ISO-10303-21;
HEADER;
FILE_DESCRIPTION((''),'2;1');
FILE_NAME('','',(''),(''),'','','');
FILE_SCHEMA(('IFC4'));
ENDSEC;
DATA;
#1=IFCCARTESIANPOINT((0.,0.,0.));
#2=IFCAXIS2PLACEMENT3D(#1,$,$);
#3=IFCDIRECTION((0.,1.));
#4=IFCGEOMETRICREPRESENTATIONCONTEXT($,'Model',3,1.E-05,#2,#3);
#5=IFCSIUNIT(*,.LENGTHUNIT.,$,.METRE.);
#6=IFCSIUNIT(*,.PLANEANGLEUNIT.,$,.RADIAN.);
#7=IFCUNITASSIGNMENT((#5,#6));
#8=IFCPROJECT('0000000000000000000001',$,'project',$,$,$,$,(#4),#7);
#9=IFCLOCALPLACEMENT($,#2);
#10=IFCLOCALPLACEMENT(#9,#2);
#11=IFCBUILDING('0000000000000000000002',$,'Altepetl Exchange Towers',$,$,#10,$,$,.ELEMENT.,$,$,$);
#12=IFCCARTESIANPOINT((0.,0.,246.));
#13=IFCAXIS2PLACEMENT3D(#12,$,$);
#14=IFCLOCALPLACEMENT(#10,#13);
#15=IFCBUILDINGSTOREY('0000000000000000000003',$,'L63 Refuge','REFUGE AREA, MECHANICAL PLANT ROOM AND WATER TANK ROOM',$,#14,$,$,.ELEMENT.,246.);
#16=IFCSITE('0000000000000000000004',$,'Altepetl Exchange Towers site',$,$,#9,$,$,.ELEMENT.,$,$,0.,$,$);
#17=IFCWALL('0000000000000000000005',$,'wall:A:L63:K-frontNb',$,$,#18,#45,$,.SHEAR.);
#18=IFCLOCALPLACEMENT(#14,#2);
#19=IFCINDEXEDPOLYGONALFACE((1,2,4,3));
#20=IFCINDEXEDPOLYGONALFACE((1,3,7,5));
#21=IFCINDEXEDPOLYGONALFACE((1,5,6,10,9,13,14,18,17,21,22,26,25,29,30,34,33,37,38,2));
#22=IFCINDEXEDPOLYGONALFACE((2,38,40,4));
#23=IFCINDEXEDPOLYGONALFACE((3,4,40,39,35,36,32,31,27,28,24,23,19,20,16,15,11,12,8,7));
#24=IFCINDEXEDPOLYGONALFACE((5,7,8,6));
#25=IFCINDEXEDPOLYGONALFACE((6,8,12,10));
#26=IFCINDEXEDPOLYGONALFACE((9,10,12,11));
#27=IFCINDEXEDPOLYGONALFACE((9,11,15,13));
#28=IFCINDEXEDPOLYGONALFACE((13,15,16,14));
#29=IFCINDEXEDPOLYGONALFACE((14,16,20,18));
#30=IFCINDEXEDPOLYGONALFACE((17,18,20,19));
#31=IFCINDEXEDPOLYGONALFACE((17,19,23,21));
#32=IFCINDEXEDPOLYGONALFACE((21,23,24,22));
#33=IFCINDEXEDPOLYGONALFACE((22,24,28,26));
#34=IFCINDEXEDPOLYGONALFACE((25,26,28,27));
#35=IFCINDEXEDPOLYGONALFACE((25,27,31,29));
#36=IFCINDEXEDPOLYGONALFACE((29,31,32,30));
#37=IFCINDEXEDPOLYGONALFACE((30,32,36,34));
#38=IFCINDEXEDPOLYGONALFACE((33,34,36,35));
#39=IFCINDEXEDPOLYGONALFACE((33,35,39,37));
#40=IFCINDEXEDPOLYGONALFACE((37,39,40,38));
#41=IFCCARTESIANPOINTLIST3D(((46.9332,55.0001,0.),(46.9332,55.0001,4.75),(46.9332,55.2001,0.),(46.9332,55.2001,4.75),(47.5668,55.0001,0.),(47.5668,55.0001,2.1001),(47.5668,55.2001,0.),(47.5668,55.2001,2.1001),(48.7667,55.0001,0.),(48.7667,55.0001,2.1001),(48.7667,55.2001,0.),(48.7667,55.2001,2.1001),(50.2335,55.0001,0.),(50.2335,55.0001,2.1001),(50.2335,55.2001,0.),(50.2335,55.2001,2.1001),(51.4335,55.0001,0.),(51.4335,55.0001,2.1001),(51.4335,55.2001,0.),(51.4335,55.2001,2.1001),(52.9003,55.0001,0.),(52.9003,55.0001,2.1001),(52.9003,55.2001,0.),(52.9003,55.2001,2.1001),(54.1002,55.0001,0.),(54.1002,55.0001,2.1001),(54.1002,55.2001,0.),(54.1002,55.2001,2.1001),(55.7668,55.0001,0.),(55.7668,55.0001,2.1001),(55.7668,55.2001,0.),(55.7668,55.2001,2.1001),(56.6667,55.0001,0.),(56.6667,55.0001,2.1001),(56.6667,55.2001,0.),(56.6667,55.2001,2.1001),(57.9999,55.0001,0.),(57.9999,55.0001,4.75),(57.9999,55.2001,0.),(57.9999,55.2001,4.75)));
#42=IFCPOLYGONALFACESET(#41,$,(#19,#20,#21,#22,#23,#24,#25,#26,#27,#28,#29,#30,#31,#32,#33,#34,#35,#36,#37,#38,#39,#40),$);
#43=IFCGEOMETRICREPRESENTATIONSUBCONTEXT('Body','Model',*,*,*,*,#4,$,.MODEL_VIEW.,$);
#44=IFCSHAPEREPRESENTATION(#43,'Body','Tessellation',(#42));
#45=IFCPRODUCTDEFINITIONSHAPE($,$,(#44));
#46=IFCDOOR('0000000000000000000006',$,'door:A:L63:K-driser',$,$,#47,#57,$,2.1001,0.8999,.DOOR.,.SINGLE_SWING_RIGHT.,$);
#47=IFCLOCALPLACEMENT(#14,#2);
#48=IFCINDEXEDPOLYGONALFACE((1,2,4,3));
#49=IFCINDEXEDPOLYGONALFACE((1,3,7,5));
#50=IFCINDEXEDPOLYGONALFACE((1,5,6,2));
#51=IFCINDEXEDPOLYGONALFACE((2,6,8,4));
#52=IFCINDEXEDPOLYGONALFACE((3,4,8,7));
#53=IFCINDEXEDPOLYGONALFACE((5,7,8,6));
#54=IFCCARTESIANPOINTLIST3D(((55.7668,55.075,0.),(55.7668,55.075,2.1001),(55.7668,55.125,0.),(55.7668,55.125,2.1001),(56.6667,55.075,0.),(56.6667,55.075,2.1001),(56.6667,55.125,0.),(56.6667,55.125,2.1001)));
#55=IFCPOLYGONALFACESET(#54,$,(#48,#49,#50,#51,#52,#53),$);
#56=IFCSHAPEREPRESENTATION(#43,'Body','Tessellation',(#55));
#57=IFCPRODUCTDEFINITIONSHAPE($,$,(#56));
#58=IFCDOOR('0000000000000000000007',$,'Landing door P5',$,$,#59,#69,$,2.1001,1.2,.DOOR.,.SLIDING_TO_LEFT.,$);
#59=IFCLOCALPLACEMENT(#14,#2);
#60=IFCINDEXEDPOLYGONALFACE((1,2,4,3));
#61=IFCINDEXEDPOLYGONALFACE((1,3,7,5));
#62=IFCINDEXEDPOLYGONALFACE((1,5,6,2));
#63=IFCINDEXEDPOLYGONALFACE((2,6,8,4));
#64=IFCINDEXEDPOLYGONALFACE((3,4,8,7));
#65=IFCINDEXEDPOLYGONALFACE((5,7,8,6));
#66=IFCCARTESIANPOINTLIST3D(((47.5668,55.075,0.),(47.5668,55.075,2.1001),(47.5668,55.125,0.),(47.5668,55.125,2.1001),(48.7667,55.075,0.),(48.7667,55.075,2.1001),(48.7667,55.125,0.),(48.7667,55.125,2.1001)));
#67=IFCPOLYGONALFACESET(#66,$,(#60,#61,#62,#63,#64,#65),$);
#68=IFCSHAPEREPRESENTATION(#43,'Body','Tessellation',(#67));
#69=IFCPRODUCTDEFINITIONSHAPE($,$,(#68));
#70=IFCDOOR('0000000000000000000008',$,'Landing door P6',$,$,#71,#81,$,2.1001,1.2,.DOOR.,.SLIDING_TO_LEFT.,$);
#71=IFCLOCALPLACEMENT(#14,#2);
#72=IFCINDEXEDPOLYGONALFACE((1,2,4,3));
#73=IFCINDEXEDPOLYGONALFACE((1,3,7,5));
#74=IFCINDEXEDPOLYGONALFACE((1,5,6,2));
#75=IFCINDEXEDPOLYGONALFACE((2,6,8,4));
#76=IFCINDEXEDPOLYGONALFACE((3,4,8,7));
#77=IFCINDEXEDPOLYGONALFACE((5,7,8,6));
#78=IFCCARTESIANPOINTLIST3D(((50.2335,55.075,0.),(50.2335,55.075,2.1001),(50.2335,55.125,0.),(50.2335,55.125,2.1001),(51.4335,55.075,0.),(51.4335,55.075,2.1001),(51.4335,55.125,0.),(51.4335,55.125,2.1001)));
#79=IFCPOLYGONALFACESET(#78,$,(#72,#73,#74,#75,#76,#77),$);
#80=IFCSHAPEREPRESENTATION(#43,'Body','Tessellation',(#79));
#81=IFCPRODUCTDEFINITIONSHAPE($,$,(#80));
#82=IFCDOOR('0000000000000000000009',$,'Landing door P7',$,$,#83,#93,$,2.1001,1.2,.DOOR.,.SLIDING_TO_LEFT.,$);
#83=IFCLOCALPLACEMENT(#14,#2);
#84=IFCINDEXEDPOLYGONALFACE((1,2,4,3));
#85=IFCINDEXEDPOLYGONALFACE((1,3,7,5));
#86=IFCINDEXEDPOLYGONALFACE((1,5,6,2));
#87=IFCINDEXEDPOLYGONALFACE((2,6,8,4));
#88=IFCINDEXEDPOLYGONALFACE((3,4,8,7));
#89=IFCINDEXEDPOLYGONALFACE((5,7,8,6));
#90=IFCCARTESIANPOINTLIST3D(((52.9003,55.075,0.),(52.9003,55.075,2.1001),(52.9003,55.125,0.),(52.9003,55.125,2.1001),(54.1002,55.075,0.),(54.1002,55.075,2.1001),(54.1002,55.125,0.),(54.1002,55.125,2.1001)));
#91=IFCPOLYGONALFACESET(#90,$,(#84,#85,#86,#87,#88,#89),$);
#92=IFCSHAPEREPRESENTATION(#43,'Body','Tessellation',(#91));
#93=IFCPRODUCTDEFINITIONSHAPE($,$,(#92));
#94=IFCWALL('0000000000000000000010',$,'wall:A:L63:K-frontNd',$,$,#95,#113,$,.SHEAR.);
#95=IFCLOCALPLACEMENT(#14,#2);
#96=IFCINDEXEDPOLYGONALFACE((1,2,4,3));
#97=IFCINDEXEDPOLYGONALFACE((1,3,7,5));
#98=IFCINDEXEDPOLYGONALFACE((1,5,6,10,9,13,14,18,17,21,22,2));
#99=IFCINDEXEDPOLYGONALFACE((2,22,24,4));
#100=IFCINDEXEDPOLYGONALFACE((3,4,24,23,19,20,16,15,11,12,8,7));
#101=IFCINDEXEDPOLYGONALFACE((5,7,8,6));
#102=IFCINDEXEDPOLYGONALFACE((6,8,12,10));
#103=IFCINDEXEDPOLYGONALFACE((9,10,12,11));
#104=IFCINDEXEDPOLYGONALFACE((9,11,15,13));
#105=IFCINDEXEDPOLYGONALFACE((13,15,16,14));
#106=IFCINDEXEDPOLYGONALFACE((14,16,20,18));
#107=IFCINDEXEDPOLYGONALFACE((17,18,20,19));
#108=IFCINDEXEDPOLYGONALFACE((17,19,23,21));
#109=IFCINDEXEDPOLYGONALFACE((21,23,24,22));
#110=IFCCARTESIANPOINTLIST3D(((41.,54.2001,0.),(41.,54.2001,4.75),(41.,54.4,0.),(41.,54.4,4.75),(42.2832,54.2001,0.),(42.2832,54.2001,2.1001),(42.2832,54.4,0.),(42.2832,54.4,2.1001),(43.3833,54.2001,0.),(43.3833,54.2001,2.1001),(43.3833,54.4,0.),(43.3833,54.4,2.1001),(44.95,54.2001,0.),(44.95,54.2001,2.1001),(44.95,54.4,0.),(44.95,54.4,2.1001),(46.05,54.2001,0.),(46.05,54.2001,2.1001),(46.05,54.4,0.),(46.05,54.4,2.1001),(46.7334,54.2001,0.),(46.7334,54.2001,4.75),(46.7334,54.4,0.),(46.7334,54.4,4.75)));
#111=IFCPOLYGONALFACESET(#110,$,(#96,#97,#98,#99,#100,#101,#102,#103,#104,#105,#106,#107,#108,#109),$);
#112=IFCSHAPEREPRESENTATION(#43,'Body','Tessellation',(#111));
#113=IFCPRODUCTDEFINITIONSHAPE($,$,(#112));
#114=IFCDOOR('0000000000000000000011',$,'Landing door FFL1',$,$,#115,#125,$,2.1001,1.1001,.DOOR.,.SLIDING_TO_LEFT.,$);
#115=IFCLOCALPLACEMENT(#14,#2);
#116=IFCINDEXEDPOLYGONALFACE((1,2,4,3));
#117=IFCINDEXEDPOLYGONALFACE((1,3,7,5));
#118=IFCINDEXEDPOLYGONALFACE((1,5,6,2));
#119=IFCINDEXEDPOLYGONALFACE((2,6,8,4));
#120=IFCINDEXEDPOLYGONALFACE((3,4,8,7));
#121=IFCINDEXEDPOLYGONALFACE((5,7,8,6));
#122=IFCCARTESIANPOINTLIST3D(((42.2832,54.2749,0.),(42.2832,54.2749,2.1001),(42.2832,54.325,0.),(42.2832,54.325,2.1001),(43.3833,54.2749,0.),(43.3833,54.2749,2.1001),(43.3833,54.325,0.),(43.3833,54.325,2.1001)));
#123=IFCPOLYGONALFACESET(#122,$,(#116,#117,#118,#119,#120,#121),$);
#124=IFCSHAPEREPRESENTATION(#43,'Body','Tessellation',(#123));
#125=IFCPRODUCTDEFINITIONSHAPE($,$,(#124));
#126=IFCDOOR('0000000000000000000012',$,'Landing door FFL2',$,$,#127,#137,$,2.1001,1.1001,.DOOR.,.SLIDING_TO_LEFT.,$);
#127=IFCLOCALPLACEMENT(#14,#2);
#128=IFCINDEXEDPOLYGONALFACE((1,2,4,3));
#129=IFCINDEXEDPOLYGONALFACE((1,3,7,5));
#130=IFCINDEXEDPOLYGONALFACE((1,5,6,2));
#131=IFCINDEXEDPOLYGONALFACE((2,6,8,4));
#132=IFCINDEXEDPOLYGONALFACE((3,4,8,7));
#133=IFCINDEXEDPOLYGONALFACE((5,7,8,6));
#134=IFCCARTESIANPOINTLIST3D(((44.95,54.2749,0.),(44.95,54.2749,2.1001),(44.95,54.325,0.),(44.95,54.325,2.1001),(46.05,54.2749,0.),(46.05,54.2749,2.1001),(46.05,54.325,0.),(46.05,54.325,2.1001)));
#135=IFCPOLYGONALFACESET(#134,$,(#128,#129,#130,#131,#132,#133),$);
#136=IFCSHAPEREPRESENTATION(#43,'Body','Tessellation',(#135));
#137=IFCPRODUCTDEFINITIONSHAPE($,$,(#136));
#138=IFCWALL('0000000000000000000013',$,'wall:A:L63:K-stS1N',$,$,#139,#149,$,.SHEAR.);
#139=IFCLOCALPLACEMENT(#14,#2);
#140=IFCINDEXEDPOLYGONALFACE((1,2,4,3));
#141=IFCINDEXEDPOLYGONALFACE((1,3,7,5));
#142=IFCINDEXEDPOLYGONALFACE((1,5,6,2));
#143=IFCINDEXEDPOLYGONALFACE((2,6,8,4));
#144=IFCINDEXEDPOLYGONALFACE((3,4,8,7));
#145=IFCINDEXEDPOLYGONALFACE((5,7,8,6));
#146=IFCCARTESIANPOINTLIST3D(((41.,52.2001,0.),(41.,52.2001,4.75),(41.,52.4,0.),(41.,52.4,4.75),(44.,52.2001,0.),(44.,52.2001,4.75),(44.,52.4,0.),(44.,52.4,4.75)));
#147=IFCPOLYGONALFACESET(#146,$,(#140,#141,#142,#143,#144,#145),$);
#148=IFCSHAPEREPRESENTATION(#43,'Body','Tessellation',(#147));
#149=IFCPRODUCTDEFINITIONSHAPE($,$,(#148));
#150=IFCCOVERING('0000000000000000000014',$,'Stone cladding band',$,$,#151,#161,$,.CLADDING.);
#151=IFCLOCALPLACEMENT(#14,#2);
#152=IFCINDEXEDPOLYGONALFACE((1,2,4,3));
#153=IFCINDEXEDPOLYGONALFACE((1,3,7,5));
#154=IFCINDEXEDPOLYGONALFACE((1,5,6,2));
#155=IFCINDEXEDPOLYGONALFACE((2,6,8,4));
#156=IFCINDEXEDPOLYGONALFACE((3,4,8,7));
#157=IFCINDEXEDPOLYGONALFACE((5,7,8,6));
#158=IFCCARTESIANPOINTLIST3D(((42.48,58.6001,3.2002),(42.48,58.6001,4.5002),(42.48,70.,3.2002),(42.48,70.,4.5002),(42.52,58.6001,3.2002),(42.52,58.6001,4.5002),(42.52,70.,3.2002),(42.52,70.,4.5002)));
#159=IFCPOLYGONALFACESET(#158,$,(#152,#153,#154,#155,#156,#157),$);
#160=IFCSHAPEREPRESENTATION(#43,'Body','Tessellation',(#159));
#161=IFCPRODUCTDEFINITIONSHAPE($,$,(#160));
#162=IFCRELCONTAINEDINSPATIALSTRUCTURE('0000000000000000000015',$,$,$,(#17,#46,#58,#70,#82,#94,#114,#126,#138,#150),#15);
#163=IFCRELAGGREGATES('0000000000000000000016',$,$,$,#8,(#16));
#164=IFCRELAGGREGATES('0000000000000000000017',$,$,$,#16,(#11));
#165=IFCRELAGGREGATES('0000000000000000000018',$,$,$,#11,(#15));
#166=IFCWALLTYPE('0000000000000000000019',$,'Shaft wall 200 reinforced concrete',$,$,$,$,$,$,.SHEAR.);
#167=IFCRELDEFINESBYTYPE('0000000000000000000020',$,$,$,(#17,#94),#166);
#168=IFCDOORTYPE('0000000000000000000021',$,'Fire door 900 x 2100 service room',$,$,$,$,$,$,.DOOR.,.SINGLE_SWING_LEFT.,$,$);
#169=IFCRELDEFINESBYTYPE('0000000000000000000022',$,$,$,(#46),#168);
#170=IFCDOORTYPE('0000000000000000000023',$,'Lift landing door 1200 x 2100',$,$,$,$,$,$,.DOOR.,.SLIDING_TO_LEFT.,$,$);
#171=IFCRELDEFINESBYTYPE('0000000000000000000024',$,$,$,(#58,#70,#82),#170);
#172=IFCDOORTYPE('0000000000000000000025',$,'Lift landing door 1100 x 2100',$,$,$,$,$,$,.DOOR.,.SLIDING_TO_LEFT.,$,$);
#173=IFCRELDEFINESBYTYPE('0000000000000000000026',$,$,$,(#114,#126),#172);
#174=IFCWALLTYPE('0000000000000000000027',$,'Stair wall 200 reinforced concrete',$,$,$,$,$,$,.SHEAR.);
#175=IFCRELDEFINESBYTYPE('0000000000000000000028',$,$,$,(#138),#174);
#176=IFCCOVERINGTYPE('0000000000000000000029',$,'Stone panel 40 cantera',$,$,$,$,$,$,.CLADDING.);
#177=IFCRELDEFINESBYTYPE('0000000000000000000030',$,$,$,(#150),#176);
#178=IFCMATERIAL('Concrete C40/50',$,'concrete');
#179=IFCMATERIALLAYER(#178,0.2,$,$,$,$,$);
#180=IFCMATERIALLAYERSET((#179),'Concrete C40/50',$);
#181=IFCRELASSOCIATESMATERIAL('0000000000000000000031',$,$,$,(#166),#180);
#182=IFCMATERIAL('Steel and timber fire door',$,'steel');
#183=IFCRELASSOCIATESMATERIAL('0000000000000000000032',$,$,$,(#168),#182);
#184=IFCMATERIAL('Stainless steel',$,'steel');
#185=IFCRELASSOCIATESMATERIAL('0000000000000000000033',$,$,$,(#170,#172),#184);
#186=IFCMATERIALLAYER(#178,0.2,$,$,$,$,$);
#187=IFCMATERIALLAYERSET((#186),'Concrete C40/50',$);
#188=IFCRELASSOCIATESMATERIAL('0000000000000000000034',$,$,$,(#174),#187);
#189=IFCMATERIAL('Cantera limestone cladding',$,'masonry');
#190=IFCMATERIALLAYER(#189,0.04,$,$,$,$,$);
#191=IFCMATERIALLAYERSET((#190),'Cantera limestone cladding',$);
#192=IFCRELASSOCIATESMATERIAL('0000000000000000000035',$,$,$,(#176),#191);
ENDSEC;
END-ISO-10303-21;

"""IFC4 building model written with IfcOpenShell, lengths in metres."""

from ifc_helpers import new_model, si_unit, direction, frame, frame_2d, origin, origin_2d, place, context, subcontext, project, spatial, rectangle, extrude, material, layer, layer_set, type_object, element, fill, save


model = new_model("IFC4")

# Units and contexts
model_context = context("Model", 3, precision=1e-05, world=origin(), true_north=direction((0.0, 1.0)))
body_context = subcontext(model_context, "Body", "Model", "MODEL_VIEW")
ifc_project = project(units=[si_unit("LENGTHUNIT", "METRE"), si_unit("PLANEANGLEUNIT", "RADIAN")], contexts=[model_context])

# Site, building, storey
site_placement = place(None, origin())
site = spatial("IfcSite", under=ifc_project, at=site_placement, Name="Altepetl Exchange Towers site", CompositionType="ELEMENT", RefElevation=0.0)
building_placement = place(site_placement, origin())
building = spatial("IfcBuilding", under=site, at=building_placement, Name="Altepetl Exchange Towers", CompositionType="ELEMENT")
storey_placement = place(building_placement, frame((0.0, 0.0, 246.0)))
storey = spatial("IfcBuildingStorey", under=building, at=storey_placement, Name="L63 Refuge", Description="REFUGE AREA, MECHANICAL PLANT ROOM AND WATER TANK ROOM", CompositionType="ELEMENT", Elevation=246.0)

# Shared definitions
ifc_material_1 = material(Name="Steel and timber fire door", Category="steel")

# Shared definitions
ifc_material_2 = material(Name="Concrete C40/50", Category="concrete")
ifc_layer_1 = layer(ifc_material_2, 0.2)
ifc_layer_set_1 = layer_set([ifc_layer_1], Name="Concrete C40/50")
wall_type_1 = type_object("IfcWallType", Name="Shaft wall 200 reinforced concrete", PredefinedType="SHEAR", material=ifc_layer_set_1)

# Walls, openings, doors
wall_1_placement = place(storey_placement, frame((46.9333, 55.1001, 0.0)))
wall_1 = element("IfcWall", 1, at=wall_1_placement, inside=storey, type_object=wall_type_1, Name="wall:A:L63:K-frontNb", PredefinedType="SHEAR", context=body_context, shape_type="SweptSolid", body=[
    extrude(rectangle(XDim=11.0667, YDim=0.2, at=frame_2d((5.5332, 0.0))), origin(), (0.0, 0.0, 1.0), 4.75),
])
opening_1_placement = place(wall_1_placement, frame((8.8335, 0.0, 0.0)))
opening_1 = element("IfcOpeningElement", 2, at=opening_1_placement, cuts=wall_1, PredefinedType="OPENING", context=body_context, shape_type="SweptSolid", body=[
    extrude(rectangle(XDim=0.8999, YDim=2.1001, at=frame_2d((0.45, 1.05))), frame((0.0, 0.1099, 0.0), z_axis=(0.0, -1.0, 0.0), x_axis=(1.0, 0.0, 0.0)), (0.0, 0.0, 1.0), 0.22),
])
opening_2_placement = place(wall_1_placement, frame((0.6333, 0.0, 0.0)))
opening_2 = element("IfcOpeningElement", 3, at=opening_2_placement, cuts=wall_1, PredefinedType="OPENING", context=body_context, shape_type="SweptSolid", body=[
    extrude(rectangle(XDim=1.2, YDim=2.1001, at=frame_2d((0.6001, 1.05))), frame((0.0, 0.1099, 0.0), z_axis=(0.0, -1.0, 0.0), x_axis=(1.0, 0.0, 0.0)), (0.0, 0.0, 1.0), 0.22),
])
opening_3_placement = place(wall_1_placement, frame((3.3, 0.0, 0.0)))
opening_3 = element("IfcOpeningElement", 4, at=opening_3_placement, cuts=wall_1, PredefinedType="OPENING", context=body_context, shape_type="SweptSolid", body=[
    extrude(rectangle(XDim=1.2, YDim=2.1001, at=frame_2d((0.6001, 1.05))), frame((0.0, 0.1099, 0.0), z_axis=(0.0, -1.0, 0.0), x_axis=(1.0, 0.0, 0.0)), (0.0, 0.0, 1.0), 0.22),
])
opening_4_placement = place(wall_1_placement, frame((5.9668, 0.0, 0.0)))
opening_4 = element("IfcOpeningElement", 5, at=opening_4_placement, cuts=wall_1, PredefinedType="OPENING", context=body_context, shape_type="SweptSolid", body=[
    extrude(rectangle(XDim=1.2, YDim=2.1001, at=frame_2d((0.6001, 1.05))), frame((0.0, 0.1099, 0.0), z_axis=(0.0, -1.0, 0.0), x_axis=(1.0, 0.0, 0.0)), (0.0, 0.0, 1.0), 0.22),
])
door_type_1 = type_object("IfcDoorType", Name="Fire door 900 x 2100 service room", OperationType="SINGLE_SWING_LEFT", PredefinedType="DOOR", material=ifc_material_1)
door_1_placement = place(opening_1_placement, origin())
door_1 = element("IfcDoor", 6, at=door_1_placement, inside=storey, type_object=door_type_1, Name="door:A:L63:K-driser", OperationType="SINGLE_SWING_RIGHT", OverallHeight=2.1001, OverallWidth=0.8999, PredefinedType="DOOR", context=body_context, shape_type="SweptSolid", body=[
    extrude(rectangle(XDim=0.8999, YDim=2.1001, at=frame_2d((0.45, 1.05))), frame((0.0, 0.0249, 0.0), z_axis=(0.0, -1.0, 0.0), x_axis=(1.0, 0.0, 0.0)), (0.0, 0.0, 1.0), 0.05),
])
fill(opening_1, door_1)
ifc_material_3 = material(Name="Stainless steel", Category="steel")
door_type_2 = type_object("IfcDoorType", Name="Lift landing door 1200 x 2100", OperationType="SLIDING_TO_LEFT", PredefinedType="DOOR", material=ifc_material_3)
door_2_placement = place(opening_2_placement, origin())
door_2 = element("IfcDoor", 7, at=door_2_placement, inside=storey, type_object=door_type_2, Name="Landing door P5", OperationType="SLIDING_TO_LEFT", OverallHeight=2.1001, OverallWidth=1.2, PredefinedType="DOOR", context=body_context, shape_type="SweptSolid", body=[
    extrude(rectangle(XDim=1.2, YDim=2.1001, at=frame_2d((0.6001, 1.05))), frame((0.0, 0.0249, 0.0), z_axis=(0.0, -1.0, 0.0), x_axis=(1.0, 0.0, 0.0)), (0.0, 0.0, 1.0), 0.05),
])
fill(opening_2, door_2)
door_3_placement = place(opening_3_placement, origin())
door_3 = element("IfcDoor", 8, at=door_3_placement, inside=storey, type_object=door_type_2, Name="Landing door P6", OperationType="SLIDING_TO_LEFT", OverallHeight=2.1001, OverallWidth=1.2, PredefinedType="DOOR", context=body_context, shape_type="SweptSolid", body=[
    extrude(rectangle(XDim=1.2, YDim=2.1001, at=frame_2d((0.6001, 1.05))), frame((0.0, 0.0249, 0.0), z_axis=(0.0, -1.0, 0.0), x_axis=(1.0, 0.0, 0.0)), (0.0, 0.0, 1.0), 0.05),
])
fill(opening_3, door_3)
door_4_placement = place(opening_4_placement, origin())
door_4 = element("IfcDoor", 9, at=door_4_placement, inside=storey, type_object=door_type_2, Name="Landing door P7", OperationType="SLIDING_TO_LEFT", OverallHeight=2.1001, OverallWidth=1.2, PredefinedType="DOOR", context=body_context, shape_type="SweptSolid", body=[
    extrude(rectangle(XDim=1.2, YDim=2.1001, at=frame_2d((0.6001, 1.05))), frame((0.0, 0.0249, 0.0), z_axis=(0.0, -1.0, 0.0), x_axis=(1.0, 0.0, 0.0)), (0.0, 0.0, 1.0), 0.05),
])
fill(opening_4, door_4)
wall_2_placement = place(storey_placement, frame((41.0, 54.3, 0.0)))
wall_2 = element("IfcWall", 10, at=wall_2_placement, inside=storey, type_object=wall_type_1, Name="wall:A:L63:K-frontNd", PredefinedType="SHEAR", context=body_context, shape_type="SweptSolid", body=[
    extrude(rectangle(XDim=5.7334, YDim=0.2, at=frame_2d((2.8667, 0.0))), origin(), (0.0, 0.0, 1.0), 4.75),
])
opening_5_placement = place(wall_2_placement, frame((1.2832, 0.0, 0.0)))
opening_5 = element("IfcOpeningElement", 11, at=opening_5_placement, cuts=wall_2, PredefinedType="OPENING", context=body_context, shape_type="SweptSolid", body=[
    extrude(rectangle(XDim=1.1001, YDim=2.1001, at=frame_2d((0.55, 1.05))), frame((0.0, 0.1099, 0.0), z_axis=(0.0, -1.0, 0.0), x_axis=(1.0, 0.0, 0.0)), (0.0, 0.0, 1.0), 0.22),
])
opening_6_placement = place(wall_2_placement, frame((3.95, 0.0, 0.0)))
opening_6 = element("IfcOpeningElement", 12, at=opening_6_placement, cuts=wall_2, PredefinedType="OPENING", context=body_context, shape_type="SweptSolid", body=[
    extrude(rectangle(XDim=1.1001, YDim=2.1001, at=frame_2d((0.55, 1.05))), frame((0.0, 0.1099, 0.0), z_axis=(0.0, -1.0, 0.0), x_axis=(1.0, 0.0, 0.0)), (0.0, 0.0, 1.0), 0.22),
])
door_type_3 = type_object("IfcDoorType", Name="Lift landing door 1100 x 2100", OperationType="SLIDING_TO_LEFT", PredefinedType="DOOR", material=ifc_material_3)
door_5_placement = place(opening_5_placement, origin())
door_5 = element("IfcDoor", 13, at=door_5_placement, inside=storey, type_object=door_type_3, Name="Landing door FFL1", OperationType="SLIDING_TO_LEFT", OverallHeight=2.1001, OverallWidth=1.1001, PredefinedType="DOOR", context=body_context, shape_type="SweptSolid", body=[
    extrude(rectangle(XDim=1.1001, YDim=2.1001, at=frame_2d((0.55, 1.05))), frame((0.0, 0.0249, 0.0), z_axis=(0.0, -1.0, 0.0), x_axis=(1.0, 0.0, 0.0)), (0.0, 0.0, 1.0), 0.05),
])
fill(opening_5, door_5)
door_6_placement = place(opening_6_placement, origin())
door_6 = element("IfcDoor", 14, at=door_6_placement, inside=storey, type_object=door_type_3, Name="Landing door FFL2", OperationType="SLIDING_TO_LEFT", OverallHeight=2.1001, OverallWidth=1.1001, PredefinedType="DOOR", context=body_context, shape_type="SweptSolid", body=[
    extrude(rectangle(XDim=1.1001, YDim=2.1001, at=frame_2d((0.55, 1.05))), frame((0.0, 0.0249, 0.0), z_axis=(0.0, -1.0, 0.0), x_axis=(1.0, 0.0, 0.0)), (0.0, 0.0, 1.0), 0.05),
])
fill(opening_6, door_6)

# Wall
ifc_layer_2 = layer(ifc_material_2, 0.2)
ifc_layer_set_2 = layer_set([ifc_layer_2], Name="Concrete C40/50")
wall_type_2 = type_object("IfcWallType", Name="Stair wall 200 reinforced concrete", PredefinedType="SHEAR", material=ifc_layer_set_2)
wall_3_placement = place(storey_placement, frame((41.0, 52.3, 0.0)))
element("IfcWall", 15, at=wall_3_placement, inside=storey, type_object=wall_type_2, Name="wall:A:L63:K-stS1N", PredefinedType="SHEAR", context=body_context, shape_type="SweptSolid", body=[
    extrude(rectangle(XDim=3.0, YDim=0.2, at=frame_2d((1.5, 0.0))), origin(), (0.0, 0.0, 1.0), 4.75),
])

# Covering
ifc_material_4 = material(Name="Cantera limestone cladding", Category="masonry")
ifc_layer_3 = layer(ifc_material_4, 0.04)
ifc_layer_set_3 = layer_set([ifc_layer_3], Name="Cantera limestone cladding")
covering_type = type_object("IfcCoveringType", Name="Stone panel 40 cantera", PredefinedType="CLADDING", material=ifc_layer_set_3)
covering_placement = place(storey_placement, frame((42.5, 64.3, 3.2002), z_axis=(0.0, 0.0, 1.0), x_axis=(0.0, -1.0, 0.0)))
element("IfcCovering", 16, at=covering_placement, inside=storey, type_object=covering_type, Name="Stone cladding band", PredefinedType="CLADDING", context=body_context, shape_type="SweptSolid", body=[
    extrude(rectangle(XDim=11.3999, YDim=0.04, at=origin_2d()), origin(), (0.0, 0.0, 1.0), 1.3),
])

save(model, "model.ifc")
